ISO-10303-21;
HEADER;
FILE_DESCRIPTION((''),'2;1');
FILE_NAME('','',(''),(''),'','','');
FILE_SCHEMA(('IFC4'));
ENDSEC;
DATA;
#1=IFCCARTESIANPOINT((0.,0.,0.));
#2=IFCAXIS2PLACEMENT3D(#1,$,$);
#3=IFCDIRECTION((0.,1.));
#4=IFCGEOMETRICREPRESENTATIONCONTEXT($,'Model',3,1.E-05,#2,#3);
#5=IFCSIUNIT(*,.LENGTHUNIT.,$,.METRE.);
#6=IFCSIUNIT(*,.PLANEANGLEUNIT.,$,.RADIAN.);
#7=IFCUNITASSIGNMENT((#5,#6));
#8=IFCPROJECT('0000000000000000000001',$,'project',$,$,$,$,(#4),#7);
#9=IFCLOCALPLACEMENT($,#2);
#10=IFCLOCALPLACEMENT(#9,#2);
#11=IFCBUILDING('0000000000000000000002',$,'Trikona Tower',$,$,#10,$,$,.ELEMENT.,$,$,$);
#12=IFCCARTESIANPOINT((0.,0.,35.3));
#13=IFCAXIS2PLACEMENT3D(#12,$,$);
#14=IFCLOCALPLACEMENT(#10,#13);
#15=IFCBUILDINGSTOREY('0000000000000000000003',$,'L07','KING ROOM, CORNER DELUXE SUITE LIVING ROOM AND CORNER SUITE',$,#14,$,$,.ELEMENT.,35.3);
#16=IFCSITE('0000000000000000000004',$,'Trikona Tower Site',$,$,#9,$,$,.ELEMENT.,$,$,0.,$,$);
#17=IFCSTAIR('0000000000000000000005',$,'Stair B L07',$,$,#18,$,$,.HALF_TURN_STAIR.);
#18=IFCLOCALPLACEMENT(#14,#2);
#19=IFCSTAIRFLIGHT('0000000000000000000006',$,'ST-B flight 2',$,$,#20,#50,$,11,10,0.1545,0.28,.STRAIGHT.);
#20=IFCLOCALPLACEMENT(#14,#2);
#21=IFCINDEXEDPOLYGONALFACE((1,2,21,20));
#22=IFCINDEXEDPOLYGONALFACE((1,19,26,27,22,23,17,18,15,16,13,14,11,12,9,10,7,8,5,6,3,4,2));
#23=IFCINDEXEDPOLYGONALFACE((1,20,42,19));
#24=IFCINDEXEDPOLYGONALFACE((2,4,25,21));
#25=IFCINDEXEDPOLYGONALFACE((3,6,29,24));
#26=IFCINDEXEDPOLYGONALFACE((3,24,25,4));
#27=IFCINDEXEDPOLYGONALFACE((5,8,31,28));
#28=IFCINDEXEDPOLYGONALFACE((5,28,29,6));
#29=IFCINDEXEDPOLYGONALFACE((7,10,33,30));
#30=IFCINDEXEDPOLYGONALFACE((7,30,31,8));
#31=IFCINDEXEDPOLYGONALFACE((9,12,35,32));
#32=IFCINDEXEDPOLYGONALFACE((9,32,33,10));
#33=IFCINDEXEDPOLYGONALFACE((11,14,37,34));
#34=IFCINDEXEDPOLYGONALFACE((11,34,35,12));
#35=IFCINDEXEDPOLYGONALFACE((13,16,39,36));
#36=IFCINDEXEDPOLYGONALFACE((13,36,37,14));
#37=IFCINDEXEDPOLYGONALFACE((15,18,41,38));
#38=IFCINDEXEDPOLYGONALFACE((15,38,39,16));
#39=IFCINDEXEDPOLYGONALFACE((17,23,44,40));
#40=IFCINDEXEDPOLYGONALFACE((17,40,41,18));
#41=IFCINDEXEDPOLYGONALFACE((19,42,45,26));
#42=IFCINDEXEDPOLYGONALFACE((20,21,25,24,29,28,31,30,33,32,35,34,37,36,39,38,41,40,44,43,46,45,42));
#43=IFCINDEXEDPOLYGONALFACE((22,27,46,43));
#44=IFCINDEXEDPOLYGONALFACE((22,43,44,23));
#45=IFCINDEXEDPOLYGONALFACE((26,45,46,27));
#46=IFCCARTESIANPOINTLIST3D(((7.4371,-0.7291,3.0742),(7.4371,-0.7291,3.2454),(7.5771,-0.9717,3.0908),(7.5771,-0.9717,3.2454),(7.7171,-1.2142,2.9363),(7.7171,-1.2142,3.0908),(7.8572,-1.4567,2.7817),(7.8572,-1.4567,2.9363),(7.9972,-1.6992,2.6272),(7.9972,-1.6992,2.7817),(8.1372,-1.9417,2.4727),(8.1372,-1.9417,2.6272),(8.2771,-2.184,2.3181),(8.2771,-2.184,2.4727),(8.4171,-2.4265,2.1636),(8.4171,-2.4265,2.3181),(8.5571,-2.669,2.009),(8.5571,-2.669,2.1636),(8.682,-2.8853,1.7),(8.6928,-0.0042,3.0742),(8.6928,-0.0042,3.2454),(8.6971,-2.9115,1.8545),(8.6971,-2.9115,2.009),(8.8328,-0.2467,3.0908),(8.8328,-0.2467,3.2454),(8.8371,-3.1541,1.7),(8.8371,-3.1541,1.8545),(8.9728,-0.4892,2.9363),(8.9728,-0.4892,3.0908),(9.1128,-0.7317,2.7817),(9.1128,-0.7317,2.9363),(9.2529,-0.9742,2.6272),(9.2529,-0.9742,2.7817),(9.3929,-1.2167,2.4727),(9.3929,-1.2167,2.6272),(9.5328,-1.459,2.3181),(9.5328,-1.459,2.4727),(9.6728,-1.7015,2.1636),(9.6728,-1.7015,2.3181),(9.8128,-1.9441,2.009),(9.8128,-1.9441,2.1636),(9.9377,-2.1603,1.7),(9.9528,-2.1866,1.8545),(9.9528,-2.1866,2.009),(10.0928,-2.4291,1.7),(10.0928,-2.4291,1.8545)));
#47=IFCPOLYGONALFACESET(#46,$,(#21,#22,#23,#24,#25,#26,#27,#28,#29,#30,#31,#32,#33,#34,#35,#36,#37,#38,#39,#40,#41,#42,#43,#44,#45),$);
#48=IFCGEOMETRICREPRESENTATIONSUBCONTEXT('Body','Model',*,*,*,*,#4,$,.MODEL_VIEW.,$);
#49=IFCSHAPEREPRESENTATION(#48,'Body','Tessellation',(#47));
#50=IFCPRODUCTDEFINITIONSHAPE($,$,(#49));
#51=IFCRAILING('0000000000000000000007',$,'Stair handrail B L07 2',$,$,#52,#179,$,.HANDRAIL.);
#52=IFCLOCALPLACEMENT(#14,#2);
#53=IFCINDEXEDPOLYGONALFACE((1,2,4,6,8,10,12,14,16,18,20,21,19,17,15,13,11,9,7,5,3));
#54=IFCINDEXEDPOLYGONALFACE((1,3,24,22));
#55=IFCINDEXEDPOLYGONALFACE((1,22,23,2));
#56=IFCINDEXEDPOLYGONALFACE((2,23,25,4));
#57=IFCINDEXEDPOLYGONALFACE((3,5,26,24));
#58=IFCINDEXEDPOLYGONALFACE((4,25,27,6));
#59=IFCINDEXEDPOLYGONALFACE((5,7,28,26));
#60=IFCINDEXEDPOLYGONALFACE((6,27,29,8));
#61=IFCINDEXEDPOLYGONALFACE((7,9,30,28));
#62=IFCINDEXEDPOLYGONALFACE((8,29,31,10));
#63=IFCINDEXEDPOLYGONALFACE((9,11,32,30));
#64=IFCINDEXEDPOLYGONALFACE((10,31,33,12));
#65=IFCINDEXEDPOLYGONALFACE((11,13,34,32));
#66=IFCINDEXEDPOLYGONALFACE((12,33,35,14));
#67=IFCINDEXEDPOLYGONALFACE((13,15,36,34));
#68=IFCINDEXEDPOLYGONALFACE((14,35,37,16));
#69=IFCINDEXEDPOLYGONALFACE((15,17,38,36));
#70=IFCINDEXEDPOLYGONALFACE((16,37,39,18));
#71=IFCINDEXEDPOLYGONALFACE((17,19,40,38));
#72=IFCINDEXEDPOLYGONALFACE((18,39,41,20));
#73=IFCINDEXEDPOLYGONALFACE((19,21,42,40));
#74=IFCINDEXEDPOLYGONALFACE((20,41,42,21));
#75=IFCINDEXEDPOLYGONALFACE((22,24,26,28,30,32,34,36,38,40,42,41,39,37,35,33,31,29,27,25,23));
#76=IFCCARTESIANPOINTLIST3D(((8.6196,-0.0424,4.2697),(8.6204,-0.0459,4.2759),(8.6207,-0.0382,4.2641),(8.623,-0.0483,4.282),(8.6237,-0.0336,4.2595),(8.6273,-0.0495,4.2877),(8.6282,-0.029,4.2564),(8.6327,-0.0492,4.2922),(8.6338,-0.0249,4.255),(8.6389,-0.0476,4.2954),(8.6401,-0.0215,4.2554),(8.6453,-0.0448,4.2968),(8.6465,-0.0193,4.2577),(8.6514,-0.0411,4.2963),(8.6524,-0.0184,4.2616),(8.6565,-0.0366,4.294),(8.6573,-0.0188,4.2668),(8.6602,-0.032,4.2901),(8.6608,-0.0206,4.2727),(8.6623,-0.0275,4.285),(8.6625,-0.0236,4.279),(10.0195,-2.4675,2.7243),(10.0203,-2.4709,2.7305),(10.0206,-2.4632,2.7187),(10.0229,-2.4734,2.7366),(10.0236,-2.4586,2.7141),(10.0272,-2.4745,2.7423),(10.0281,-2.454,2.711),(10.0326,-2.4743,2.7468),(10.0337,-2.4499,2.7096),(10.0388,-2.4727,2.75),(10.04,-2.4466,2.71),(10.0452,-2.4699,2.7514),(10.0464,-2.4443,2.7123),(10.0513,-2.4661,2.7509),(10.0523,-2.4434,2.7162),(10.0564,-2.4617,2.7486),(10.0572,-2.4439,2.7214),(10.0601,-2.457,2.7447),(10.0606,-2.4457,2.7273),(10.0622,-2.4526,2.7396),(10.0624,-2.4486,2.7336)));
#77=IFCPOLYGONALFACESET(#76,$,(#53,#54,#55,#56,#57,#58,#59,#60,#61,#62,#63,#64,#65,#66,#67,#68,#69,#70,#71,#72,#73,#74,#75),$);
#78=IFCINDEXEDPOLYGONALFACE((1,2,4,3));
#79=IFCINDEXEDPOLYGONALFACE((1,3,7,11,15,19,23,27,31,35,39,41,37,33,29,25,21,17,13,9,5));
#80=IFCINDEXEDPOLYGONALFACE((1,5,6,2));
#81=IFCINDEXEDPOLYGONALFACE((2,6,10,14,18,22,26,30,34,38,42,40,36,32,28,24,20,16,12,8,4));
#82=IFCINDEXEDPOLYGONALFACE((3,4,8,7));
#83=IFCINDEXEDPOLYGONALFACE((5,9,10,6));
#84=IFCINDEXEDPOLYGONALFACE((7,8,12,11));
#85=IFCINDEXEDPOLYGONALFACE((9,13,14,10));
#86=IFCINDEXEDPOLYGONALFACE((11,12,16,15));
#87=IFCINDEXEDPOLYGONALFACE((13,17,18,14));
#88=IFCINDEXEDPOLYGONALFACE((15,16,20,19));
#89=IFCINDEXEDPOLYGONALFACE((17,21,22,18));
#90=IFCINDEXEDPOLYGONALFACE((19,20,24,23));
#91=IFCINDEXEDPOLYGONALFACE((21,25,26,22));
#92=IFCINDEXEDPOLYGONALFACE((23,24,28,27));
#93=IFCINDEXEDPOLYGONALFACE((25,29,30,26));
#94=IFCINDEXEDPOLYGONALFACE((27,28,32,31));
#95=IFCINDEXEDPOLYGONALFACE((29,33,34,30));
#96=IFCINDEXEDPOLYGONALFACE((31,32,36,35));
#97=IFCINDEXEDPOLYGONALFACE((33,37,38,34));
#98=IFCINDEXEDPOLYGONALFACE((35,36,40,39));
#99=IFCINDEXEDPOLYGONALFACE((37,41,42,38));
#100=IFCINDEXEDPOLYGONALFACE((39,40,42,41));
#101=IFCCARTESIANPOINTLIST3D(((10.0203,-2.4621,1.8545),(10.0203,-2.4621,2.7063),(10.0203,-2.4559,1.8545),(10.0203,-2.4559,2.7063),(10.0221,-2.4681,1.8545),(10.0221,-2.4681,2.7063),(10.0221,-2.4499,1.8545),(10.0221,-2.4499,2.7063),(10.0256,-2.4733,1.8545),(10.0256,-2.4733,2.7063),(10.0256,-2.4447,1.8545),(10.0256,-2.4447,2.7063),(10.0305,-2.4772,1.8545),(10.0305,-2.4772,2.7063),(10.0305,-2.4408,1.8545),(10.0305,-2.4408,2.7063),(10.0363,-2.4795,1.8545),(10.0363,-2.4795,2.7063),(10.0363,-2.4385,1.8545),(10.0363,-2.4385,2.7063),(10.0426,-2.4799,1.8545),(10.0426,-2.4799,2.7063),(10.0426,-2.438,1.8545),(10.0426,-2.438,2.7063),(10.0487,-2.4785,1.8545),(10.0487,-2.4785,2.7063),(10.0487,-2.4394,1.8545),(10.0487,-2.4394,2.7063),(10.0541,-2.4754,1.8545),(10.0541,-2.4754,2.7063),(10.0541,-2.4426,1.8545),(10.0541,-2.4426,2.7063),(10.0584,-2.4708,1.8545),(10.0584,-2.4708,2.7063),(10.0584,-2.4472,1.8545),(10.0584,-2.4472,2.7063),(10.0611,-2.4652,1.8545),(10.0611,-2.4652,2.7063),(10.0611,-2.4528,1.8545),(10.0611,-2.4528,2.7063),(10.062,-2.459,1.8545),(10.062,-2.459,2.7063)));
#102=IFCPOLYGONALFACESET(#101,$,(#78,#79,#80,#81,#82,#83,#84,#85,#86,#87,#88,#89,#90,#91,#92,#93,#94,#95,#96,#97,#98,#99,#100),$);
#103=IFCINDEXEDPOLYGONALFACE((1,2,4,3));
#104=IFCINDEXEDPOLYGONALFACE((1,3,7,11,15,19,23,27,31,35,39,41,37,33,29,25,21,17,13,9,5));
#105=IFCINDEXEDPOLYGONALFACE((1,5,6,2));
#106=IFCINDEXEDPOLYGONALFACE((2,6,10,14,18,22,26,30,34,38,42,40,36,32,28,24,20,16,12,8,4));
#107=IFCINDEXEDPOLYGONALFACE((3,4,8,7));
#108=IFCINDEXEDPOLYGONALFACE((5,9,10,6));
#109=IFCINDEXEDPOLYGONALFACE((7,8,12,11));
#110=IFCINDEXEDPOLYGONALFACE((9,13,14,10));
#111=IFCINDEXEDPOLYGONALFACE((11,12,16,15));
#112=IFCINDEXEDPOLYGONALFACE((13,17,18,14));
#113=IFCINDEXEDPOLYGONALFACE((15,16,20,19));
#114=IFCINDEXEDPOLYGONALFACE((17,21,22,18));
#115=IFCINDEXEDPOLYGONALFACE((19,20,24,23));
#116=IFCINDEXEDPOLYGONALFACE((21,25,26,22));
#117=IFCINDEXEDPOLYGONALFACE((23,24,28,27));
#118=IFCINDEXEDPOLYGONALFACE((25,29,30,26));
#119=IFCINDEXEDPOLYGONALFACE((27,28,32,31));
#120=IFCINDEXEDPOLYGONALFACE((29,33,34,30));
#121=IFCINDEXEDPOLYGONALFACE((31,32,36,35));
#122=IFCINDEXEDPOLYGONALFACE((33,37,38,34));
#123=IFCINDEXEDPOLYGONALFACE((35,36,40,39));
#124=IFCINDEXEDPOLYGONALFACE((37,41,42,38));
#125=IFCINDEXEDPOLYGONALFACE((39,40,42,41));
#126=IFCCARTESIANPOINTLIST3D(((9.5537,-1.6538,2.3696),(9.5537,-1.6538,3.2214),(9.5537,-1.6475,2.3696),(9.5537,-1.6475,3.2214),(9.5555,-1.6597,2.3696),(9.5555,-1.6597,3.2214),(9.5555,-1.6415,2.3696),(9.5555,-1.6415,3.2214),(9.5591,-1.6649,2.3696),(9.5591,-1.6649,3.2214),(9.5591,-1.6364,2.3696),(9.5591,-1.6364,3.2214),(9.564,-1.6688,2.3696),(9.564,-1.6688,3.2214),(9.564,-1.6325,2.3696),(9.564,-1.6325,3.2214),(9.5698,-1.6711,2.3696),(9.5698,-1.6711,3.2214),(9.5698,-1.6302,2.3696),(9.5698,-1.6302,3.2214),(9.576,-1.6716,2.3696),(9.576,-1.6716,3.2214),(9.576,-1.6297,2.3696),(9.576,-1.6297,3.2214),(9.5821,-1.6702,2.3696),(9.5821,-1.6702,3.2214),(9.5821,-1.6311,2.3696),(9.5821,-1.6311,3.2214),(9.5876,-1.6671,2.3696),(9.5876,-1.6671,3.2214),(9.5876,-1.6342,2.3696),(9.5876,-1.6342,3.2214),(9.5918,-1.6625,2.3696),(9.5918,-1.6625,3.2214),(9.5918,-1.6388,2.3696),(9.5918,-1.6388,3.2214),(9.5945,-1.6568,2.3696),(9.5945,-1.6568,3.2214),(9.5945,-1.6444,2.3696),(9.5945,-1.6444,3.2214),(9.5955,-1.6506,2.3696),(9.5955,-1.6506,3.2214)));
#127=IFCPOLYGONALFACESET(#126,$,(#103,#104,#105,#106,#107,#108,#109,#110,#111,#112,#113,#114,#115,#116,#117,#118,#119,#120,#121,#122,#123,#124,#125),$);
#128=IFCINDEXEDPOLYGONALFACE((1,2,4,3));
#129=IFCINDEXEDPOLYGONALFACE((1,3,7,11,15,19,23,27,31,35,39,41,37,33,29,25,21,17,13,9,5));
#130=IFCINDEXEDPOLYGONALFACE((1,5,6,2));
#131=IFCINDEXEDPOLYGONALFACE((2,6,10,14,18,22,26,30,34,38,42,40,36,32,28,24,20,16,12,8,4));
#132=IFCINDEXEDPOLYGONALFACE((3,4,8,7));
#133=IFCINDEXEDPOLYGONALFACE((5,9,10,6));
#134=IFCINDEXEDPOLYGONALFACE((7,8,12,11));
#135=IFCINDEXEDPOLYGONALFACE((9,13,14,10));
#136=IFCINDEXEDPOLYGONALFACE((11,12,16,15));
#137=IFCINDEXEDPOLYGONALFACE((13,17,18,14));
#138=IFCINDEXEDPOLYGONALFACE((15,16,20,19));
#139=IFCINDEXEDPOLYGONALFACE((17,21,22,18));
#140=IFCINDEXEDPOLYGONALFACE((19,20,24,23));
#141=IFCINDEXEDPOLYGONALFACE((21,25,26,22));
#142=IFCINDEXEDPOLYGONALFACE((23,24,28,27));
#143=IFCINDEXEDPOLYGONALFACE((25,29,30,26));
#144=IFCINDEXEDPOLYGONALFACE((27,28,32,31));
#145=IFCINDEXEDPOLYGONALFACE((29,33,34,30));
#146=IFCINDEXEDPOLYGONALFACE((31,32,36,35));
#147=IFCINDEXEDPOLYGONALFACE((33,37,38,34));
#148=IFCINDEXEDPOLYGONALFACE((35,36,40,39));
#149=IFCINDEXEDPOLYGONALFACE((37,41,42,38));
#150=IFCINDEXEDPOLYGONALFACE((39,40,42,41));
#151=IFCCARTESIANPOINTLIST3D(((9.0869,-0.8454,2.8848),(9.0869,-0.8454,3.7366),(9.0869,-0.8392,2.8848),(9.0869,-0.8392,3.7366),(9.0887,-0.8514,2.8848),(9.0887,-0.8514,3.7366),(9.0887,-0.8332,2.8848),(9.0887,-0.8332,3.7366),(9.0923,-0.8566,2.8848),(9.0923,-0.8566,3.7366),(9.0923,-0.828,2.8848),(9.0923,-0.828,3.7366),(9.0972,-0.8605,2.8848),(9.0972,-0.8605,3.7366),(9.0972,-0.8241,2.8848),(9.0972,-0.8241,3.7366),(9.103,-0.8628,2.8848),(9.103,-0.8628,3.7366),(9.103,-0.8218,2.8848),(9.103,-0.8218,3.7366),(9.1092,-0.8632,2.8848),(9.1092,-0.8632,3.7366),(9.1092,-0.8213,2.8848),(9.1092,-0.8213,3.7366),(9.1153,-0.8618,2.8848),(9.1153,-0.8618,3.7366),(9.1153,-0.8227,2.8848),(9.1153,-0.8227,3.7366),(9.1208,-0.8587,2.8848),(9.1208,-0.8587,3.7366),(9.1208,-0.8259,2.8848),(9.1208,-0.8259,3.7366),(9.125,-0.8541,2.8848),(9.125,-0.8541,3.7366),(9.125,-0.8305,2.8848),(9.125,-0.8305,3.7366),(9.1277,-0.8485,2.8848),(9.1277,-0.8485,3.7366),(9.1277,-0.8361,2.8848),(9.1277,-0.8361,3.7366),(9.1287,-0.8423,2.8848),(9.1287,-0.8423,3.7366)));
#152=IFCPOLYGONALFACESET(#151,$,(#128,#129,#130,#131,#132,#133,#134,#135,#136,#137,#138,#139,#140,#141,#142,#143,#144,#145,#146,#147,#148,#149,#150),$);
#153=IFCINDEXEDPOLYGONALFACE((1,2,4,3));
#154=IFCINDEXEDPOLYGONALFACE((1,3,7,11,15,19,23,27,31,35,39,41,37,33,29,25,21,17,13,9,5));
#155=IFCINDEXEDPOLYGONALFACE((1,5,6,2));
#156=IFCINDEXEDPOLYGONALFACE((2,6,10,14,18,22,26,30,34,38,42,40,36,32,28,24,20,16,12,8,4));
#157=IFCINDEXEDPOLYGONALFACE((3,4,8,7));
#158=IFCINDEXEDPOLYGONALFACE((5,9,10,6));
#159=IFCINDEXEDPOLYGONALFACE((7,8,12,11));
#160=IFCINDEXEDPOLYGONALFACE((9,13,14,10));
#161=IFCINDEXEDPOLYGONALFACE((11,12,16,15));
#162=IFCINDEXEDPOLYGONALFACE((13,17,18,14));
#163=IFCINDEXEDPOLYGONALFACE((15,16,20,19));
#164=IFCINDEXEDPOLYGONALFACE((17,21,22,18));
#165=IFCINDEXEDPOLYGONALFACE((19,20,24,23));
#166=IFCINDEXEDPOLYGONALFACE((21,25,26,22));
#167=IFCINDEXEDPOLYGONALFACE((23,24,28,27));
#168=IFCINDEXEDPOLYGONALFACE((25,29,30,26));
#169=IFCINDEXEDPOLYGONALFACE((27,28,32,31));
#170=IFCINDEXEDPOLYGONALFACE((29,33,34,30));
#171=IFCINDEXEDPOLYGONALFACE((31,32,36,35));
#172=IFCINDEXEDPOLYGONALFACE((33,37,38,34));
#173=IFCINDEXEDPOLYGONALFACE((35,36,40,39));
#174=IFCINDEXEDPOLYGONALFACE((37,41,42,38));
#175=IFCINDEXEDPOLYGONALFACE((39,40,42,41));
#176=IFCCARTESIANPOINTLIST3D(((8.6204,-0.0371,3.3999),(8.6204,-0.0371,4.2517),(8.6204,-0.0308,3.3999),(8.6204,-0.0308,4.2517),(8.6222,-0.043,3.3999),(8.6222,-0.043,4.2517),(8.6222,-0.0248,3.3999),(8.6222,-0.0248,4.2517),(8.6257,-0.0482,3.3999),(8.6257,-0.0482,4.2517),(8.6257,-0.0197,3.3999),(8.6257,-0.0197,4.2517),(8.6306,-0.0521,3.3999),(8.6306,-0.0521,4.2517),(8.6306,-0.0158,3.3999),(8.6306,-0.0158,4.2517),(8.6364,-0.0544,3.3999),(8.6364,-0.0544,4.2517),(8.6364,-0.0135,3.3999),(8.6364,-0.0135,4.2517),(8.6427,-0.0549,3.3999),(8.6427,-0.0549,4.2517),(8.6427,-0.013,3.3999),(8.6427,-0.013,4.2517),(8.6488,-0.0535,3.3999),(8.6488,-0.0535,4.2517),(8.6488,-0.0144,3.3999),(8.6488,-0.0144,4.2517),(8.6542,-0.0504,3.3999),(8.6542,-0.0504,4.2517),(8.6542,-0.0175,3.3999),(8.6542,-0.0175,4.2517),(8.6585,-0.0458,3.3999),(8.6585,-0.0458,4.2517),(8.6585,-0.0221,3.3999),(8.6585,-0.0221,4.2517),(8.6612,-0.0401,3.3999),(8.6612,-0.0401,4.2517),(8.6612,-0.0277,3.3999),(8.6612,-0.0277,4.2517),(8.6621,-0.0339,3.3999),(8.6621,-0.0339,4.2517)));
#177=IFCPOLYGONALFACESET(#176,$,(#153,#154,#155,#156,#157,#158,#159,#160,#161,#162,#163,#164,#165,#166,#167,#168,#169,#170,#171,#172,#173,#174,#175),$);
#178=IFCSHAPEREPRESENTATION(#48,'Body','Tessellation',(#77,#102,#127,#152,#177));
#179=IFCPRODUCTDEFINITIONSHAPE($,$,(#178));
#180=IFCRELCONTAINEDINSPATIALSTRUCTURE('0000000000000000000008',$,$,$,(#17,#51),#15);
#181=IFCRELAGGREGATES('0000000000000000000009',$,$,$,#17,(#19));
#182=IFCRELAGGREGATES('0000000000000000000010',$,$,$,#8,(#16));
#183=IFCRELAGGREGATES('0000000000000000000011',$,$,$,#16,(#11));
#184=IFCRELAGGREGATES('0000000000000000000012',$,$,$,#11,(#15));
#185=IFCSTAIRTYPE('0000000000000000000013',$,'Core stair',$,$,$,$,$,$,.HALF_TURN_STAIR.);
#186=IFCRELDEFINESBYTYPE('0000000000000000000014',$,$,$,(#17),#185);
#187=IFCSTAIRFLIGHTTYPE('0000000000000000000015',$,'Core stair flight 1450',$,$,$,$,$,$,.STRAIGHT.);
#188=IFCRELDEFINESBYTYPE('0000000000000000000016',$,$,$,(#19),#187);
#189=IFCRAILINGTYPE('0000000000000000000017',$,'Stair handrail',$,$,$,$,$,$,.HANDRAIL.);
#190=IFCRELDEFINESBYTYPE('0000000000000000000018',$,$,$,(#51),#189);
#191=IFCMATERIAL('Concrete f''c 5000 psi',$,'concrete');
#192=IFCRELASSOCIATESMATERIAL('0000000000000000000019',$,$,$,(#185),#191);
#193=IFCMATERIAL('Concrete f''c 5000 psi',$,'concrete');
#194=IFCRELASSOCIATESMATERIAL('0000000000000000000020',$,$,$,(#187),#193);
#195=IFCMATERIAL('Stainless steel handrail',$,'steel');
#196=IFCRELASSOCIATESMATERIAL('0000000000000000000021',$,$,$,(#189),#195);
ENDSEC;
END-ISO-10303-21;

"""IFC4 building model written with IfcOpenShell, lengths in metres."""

from ifc_helpers import new_model, si_unit, direction, frame, origin, origin_2d, place, context, subcontext, project, spatial, polyline, circle, outline, extrude, material, type_object, element, aggregate, save


model = new_model("IFC4")

# Units and contexts
model_context = context("Model", 3, precision=1e-05, world=origin(), true_north=direction((0.0, 1.0)))
body_context = subcontext(model_context, "Body", "Model", "MODEL_VIEW")
ifc_project = project(units=[si_unit("LENGTHUNIT", "METRE"), si_unit("PLANEANGLEUNIT", "RADIAN")], contexts=[model_context])

# Site, building, storey
site_placement = place(None, origin())
site = spatial("IfcSite", under=ifc_project, at=site_placement, Name="Trikona Tower Site", CompositionType="ELEMENT", RefElevation=0.0)
building_placement = place(site_placement, origin())
building = spatial("IfcBuilding", under=site, at=building_placement, Name="Trikona Tower", CompositionType="ELEMENT")
storey_placement = place(building_placement, frame((0.0, 0.0, 35.3)))
storey = spatial("IfcBuildingStorey", under=building, at=storey_placement, Name="L07", Description="KING ROOM, CORNER DELUXE SUITE LIVING ROOM AND CORNER SUITE", CompositionType="ELEMENT", Elevation=35.3)

# Stair, stair flight
ifc_material_1 = material(Name="Concrete f'c 5000 psi", Category="concrete")
stair_type = type_object("IfcStairType", Name="Core stair", PredefinedType="HALF_TURN_STAIR", material=ifc_material_1)
stair_placement = place(storey_placement, origin())
stair = element("IfcStair", 1, at=stair_placement, inside=storey, type_object=stair_type, Name="Stair B L07", PredefinedType="HALF_TURN_STAIR")
ifc_material_2 = material(Name="Concrete f'c 5000 psi", Category="concrete")
stair_flight_type = type_object("IfcStairFlightType", Name="Core stair flight 1450", PredefinedType="STRAIGHT", material=ifc_material_2)
stair_flight_placement = place(storey_placement, frame((9.4651, -2.7915, 1.7), z_axis=(0.0, 0.0, 1.0), x_axis=(-0.5, 0.866025, 0.0)))
stair_flight = element("IfcStairFlight", 2, at=stair_flight_placement, type_object=stair_flight_type, Name="ST-B flight 2", NumberOfRisers=11, NumberOfTreads=10, PredefinedType="STRAIGHT", RiserHeight=0.1545, TreadLength=0.28, context=body_context, shape_type="SweptSolid", body=[
    extrude(outline(polyline([(0.0, 0.0), (0.0, 0.1545), (0.28, 0.1545), (0.28, 0.3091), (0.5601, 0.3091), (0.5601, 0.4636), (0.8401, 0.4636), (0.8401, 0.6182), (1.1201, 0.6182), (1.1201, 0.7727), (1.3999, 0.7727), (1.3999, 0.9272), (1.6799, 0.9272), (1.6799, 1.0818), (1.96, 1.0818), (1.96, 1.2363), (2.24, 1.2363), (2.24, 1.3909), (2.52, 1.3909), (2.52, 1.5454), (2.8, 1.5454), (2.8, 1.7), (2.8, 1.3743), (0.3103, 0.0), (0.0, 0.0)])), frame((0.0, 0.7251, 0.0), z_axis=(0.0, -1.0, 0.0), x_axis=(1.0, 0.0, 0.0)), (0.0, 0.0, 1.0), 1.45),
])
aggregate(stair, [stair_flight])

# Railing
ifc_material_3 = material(Name="Stainless steel handrail", Category="steel")
railing_type = type_object("IfcRailingType", Name="Stair handrail", PredefinedType="HANDRAIL", material=ifc_material_3)
railing_placement = place(storey_placement, frame((10.041, -2.459, 1.8545)))
element("IfcRailing", 3, at=railing_placement, inside=storey, type_object=railing_type, Name="Stair handrail B L07 2", PredefinedType="HANDRAIL", context=body_context, shape_type="SweptSolid", body=[
    extrude(circle(Radius=0.0239, at=origin_2d()), frame((0.0, 0.0, 0.876), z_axis=(-0.437707, 0.75824, 0.483203), x_axis=(-0.866056, -0.499946, 0.0)), (0.0, 0.0, 1.0), 3.1982),
    extrude(circle(Radius=0.021, at=origin_2d()), origin(), (0.0, 0.0, 1.0), 0.8518),
    extrude(circle(Radius=0.021, at=origin_2d()), frame((-0.4666, 0.8083, 0.5151)), (0.0, 0.0, 1.0), 0.8518),
    extrude(circle(Radius=0.021, at=origin_2d()), frame((-0.9333, 1.6167, 1.0303)), (0.0, 0.0, 1.0), 0.8518),
    extrude(circle(Radius=0.021, at=origin_2d()), frame((-1.3999, 2.425, 1.5454)), (0.0, 0.0, 1.0), 0.8518),
])

save(model, "model.ifc")
